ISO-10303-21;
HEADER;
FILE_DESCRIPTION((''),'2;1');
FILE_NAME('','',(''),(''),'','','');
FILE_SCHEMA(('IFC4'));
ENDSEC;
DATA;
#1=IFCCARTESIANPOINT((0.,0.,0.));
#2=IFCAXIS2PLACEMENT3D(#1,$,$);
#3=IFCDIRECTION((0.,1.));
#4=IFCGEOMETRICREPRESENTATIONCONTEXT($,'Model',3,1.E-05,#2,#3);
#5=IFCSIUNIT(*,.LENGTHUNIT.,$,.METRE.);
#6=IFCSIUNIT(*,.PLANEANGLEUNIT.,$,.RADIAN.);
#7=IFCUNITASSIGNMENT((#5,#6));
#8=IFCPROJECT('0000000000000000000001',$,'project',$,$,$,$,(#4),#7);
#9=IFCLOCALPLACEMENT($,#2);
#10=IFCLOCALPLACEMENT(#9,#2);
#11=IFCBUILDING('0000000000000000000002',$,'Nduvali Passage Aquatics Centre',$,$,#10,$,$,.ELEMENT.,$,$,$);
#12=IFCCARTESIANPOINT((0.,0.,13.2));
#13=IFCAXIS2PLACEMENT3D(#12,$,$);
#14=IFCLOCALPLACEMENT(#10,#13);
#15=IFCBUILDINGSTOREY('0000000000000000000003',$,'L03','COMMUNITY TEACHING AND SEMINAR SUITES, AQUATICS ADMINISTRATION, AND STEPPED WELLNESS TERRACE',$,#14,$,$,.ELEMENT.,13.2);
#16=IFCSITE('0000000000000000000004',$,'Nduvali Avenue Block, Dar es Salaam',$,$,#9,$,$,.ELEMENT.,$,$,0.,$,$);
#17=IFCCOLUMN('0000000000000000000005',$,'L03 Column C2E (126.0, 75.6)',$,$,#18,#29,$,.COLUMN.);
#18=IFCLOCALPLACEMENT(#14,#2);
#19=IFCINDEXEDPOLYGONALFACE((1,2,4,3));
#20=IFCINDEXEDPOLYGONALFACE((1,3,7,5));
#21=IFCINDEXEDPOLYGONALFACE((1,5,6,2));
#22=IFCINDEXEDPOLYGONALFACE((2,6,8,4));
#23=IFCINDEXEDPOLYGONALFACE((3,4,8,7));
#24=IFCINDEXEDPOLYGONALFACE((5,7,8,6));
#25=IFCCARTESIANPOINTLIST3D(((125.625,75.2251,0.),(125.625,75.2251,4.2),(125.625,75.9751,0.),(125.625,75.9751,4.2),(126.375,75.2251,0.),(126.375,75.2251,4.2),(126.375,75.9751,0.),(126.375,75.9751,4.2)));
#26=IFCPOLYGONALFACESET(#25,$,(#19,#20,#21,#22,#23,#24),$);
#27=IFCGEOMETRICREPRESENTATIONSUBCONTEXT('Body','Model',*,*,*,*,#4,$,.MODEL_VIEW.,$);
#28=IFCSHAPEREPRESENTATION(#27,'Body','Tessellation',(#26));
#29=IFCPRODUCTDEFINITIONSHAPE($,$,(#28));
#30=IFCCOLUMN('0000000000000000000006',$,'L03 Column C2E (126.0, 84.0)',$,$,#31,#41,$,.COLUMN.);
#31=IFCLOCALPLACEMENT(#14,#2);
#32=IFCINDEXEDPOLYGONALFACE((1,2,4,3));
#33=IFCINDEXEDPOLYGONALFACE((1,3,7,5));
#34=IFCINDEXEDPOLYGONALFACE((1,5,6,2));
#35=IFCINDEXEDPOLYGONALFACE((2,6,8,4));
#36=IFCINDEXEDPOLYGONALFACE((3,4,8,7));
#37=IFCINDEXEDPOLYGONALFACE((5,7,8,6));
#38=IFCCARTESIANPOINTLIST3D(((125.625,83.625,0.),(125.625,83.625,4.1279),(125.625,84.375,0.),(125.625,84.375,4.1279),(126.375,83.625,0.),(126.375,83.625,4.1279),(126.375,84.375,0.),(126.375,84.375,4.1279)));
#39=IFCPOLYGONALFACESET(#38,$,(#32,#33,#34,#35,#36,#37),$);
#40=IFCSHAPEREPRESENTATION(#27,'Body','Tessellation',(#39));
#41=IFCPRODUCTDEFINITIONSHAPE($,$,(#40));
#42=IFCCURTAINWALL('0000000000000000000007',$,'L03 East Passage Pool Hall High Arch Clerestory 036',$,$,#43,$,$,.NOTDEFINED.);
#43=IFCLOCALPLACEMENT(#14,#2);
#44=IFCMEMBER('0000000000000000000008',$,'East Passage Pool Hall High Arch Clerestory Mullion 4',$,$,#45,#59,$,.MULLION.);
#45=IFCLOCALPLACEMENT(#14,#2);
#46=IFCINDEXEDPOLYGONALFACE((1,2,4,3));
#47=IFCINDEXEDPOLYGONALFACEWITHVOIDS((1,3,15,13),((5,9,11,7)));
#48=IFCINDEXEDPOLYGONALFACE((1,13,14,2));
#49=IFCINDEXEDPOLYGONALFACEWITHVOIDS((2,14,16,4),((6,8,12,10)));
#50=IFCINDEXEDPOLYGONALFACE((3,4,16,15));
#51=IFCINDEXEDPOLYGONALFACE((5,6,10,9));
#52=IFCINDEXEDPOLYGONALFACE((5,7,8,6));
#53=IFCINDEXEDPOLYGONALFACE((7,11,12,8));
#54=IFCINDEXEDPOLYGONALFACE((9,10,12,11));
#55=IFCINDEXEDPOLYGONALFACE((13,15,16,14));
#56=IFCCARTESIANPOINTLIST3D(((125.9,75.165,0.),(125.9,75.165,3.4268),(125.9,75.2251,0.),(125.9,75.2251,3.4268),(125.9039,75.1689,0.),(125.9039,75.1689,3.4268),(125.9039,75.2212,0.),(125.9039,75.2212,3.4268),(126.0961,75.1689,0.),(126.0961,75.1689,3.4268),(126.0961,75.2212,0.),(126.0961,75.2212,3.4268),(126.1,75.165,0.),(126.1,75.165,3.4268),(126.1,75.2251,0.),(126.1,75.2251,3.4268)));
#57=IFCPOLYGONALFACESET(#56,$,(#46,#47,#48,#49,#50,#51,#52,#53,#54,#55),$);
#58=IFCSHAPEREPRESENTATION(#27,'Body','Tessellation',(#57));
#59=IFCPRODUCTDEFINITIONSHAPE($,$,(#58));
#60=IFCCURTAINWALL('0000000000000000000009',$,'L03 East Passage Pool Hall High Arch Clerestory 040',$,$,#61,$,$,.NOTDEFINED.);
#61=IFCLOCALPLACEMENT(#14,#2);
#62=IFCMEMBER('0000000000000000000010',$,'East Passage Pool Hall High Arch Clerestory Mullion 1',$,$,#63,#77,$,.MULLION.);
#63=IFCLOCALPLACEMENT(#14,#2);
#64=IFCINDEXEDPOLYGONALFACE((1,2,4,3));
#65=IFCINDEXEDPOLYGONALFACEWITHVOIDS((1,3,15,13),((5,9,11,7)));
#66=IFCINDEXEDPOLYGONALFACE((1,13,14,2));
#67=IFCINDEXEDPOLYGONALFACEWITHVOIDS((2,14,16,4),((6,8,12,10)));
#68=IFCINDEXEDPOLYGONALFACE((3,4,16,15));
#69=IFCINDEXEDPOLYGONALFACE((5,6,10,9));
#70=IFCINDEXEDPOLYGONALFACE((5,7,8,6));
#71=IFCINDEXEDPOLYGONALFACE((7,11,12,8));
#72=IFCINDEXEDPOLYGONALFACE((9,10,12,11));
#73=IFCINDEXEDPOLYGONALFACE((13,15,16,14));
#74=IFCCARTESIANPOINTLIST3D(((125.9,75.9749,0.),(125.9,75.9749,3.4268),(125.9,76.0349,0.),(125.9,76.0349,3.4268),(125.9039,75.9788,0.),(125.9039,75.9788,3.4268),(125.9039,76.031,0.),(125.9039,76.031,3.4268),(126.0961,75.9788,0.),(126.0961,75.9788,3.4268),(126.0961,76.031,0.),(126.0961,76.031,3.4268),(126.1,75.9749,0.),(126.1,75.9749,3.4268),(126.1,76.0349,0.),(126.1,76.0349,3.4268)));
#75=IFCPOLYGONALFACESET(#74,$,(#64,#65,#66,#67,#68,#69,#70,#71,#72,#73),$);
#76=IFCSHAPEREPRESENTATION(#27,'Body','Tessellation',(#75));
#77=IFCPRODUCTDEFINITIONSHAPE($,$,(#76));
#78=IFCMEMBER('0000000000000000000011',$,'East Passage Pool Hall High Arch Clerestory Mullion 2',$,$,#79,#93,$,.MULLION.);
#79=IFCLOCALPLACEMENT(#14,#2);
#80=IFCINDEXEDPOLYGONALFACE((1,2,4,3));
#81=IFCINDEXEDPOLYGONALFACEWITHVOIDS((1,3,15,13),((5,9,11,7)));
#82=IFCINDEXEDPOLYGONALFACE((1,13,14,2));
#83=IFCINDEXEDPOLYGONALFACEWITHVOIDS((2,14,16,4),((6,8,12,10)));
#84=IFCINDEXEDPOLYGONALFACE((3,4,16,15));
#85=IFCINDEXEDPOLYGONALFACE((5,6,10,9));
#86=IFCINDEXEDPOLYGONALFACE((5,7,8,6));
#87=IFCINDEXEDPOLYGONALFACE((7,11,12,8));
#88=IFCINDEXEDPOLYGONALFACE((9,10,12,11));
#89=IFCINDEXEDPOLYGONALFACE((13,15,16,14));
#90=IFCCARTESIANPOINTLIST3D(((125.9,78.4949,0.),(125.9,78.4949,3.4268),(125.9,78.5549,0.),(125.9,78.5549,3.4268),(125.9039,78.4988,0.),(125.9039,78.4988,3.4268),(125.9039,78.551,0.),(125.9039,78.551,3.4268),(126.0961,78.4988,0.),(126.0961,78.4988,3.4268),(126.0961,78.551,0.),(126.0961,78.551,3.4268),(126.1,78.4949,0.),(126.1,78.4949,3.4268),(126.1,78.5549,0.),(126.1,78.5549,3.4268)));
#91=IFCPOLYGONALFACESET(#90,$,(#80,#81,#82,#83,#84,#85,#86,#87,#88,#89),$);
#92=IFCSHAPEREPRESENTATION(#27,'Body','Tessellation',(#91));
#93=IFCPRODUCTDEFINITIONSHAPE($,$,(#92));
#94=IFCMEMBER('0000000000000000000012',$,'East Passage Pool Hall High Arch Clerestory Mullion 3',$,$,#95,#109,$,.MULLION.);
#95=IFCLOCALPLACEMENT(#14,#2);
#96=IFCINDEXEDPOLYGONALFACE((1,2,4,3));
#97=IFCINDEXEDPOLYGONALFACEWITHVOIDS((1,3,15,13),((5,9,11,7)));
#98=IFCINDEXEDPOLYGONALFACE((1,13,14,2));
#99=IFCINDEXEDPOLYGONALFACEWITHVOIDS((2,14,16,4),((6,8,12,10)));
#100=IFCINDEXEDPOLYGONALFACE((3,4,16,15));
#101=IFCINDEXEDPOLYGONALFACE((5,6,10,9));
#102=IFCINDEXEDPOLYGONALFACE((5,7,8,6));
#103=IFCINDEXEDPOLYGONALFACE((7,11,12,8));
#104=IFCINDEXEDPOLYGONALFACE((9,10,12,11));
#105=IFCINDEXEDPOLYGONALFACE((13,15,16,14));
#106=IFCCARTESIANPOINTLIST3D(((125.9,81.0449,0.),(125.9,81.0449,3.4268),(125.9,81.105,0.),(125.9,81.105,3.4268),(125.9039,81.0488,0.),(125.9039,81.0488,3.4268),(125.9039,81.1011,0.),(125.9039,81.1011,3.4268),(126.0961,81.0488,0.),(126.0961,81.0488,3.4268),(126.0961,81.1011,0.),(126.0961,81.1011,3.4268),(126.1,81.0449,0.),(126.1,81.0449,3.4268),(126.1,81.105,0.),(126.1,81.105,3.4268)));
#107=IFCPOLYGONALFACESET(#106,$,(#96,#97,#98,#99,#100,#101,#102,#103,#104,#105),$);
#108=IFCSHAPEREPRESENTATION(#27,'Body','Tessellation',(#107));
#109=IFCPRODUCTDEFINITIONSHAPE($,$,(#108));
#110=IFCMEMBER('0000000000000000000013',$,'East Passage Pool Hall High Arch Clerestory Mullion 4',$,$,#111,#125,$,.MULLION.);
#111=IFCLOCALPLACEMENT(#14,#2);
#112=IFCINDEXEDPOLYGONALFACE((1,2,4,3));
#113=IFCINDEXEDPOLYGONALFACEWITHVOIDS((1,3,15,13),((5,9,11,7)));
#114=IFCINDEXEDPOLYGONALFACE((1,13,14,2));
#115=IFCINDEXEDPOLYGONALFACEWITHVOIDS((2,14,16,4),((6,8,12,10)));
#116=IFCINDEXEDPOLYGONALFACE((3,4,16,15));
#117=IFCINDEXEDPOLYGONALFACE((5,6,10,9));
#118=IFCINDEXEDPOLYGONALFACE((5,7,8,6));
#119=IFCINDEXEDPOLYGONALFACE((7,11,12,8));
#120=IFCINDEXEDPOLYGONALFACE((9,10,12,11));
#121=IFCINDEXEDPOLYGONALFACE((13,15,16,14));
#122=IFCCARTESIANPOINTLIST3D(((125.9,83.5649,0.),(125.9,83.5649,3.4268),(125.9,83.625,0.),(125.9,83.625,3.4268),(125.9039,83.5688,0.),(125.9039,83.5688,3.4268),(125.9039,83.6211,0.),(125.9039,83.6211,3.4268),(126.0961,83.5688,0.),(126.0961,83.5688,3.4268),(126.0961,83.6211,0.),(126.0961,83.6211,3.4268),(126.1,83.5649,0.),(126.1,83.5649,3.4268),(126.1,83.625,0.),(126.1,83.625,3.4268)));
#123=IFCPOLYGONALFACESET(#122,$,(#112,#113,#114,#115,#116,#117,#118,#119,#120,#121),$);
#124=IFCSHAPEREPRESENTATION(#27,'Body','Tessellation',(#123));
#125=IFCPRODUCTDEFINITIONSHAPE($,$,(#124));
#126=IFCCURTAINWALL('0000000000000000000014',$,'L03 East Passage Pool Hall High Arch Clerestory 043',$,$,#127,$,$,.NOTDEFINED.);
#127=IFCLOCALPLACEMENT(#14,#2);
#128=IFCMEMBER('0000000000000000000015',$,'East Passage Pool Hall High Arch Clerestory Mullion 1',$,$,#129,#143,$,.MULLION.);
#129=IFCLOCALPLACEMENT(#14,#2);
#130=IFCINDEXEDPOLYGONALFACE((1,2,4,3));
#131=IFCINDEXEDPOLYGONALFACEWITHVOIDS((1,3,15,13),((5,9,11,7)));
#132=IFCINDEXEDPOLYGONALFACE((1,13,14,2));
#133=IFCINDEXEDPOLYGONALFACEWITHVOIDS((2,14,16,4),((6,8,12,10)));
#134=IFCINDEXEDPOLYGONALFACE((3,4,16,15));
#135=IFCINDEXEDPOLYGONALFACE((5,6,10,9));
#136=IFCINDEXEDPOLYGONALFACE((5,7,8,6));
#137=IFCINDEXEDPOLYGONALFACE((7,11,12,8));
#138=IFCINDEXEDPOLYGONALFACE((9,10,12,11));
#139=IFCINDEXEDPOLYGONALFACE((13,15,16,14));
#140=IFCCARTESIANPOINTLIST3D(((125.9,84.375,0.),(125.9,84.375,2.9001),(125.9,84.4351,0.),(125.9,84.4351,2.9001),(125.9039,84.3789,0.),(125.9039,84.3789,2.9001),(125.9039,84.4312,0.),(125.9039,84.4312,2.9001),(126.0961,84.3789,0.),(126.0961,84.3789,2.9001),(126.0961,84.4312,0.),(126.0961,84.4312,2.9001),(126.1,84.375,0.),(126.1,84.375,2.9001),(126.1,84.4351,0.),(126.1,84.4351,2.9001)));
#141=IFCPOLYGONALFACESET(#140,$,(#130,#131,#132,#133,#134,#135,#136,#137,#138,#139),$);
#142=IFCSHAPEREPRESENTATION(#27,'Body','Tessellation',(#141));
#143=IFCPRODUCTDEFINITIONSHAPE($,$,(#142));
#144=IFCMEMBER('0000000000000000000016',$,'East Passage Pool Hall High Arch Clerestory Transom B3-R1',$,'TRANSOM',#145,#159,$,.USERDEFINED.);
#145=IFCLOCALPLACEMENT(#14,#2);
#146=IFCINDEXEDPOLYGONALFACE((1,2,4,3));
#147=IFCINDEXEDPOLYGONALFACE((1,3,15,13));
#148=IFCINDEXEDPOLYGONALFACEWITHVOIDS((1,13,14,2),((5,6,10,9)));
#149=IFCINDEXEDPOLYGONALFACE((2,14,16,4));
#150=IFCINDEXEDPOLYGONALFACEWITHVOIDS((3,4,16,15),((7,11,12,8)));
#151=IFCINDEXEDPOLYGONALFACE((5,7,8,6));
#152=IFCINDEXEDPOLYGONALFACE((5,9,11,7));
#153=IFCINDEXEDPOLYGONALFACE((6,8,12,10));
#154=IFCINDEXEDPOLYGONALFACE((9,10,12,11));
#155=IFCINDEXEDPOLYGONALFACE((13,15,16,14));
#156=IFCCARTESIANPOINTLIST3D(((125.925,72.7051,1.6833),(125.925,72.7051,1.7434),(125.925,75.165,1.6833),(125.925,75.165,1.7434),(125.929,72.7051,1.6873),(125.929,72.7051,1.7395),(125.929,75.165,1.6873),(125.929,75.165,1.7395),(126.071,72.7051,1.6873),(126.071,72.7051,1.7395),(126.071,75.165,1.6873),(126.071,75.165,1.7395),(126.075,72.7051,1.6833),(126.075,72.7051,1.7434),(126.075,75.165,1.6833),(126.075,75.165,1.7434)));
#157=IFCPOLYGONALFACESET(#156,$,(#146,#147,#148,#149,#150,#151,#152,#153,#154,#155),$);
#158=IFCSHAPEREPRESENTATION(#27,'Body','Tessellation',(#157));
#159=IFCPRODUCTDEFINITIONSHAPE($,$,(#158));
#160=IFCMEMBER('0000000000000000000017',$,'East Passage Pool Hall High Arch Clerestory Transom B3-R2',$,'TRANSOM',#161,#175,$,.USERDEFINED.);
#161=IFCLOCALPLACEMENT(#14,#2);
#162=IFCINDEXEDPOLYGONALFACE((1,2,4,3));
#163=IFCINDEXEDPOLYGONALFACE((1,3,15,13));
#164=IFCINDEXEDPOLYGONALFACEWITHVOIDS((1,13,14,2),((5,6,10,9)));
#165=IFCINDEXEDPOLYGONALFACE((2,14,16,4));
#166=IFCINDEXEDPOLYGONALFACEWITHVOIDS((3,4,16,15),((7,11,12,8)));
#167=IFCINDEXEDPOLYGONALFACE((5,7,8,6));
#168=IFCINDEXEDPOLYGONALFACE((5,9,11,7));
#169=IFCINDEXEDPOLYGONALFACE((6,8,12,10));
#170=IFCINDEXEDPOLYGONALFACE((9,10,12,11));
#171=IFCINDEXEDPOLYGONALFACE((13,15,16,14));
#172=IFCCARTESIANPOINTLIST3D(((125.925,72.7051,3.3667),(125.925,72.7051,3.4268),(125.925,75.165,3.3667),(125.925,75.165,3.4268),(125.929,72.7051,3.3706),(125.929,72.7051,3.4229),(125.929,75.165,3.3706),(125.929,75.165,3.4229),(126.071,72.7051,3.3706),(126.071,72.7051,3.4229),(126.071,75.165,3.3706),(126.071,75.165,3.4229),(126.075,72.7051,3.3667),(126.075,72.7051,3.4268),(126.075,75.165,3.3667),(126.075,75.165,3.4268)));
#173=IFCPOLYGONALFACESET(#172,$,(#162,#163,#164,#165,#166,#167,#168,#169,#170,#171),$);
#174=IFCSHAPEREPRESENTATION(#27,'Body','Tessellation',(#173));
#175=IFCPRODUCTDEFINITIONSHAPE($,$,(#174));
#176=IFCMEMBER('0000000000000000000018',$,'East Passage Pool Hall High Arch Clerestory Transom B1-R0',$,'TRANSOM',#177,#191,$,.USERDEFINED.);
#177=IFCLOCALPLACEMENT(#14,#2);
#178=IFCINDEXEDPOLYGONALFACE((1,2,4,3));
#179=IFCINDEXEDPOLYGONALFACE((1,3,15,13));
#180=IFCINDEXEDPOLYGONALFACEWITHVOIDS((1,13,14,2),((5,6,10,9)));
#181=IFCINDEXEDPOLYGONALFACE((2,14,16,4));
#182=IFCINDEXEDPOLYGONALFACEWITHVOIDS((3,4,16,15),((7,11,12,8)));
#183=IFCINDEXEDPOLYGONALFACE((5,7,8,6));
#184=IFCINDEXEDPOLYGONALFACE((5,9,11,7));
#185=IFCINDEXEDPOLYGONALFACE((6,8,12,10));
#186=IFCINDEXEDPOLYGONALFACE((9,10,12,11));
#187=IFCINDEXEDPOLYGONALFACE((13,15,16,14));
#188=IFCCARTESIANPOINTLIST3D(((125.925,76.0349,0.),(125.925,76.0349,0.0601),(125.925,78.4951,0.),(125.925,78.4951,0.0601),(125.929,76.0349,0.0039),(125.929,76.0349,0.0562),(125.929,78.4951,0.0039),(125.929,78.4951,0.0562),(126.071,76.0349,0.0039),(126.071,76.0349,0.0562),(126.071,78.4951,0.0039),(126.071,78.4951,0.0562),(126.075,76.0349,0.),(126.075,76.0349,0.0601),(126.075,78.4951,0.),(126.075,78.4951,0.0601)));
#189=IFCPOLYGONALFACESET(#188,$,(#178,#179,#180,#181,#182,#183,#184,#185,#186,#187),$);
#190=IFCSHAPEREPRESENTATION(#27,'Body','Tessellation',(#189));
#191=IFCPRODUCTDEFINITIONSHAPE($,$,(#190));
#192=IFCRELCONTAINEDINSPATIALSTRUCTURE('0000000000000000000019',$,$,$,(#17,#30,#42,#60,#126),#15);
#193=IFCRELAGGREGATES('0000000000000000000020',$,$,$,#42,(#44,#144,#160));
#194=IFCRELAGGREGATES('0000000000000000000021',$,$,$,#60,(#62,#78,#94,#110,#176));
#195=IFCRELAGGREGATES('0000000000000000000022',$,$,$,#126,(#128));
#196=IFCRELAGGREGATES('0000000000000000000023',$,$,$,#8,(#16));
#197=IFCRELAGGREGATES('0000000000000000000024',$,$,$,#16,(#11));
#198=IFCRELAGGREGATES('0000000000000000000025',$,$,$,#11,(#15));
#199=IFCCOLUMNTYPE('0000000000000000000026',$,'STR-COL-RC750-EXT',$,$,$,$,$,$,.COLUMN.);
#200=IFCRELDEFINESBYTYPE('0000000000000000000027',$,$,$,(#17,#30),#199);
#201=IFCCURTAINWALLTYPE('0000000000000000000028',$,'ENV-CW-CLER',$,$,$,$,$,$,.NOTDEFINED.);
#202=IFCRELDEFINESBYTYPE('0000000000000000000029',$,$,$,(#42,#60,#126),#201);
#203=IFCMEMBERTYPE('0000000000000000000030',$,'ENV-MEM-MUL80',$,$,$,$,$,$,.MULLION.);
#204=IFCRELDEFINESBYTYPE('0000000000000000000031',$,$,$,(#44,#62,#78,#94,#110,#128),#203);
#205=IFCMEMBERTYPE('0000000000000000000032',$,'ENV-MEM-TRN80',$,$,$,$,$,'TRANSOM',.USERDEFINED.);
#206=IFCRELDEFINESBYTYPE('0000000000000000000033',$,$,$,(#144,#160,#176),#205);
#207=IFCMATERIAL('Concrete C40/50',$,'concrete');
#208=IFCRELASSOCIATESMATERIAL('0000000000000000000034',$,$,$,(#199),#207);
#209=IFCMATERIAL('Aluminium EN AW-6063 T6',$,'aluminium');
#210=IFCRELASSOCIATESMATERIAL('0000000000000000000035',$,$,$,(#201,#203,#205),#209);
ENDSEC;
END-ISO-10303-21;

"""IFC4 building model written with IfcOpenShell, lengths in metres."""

from ifc_helpers import new_model, si_unit, direction, frame, origin, origin_2d, place, context, subcontext, project, spatial, rectangle, hollow_rectangle, extrude, material, material_profile, profile_set, type_object, element, aggregate, save


model = new_model("IFC4")

# Units and contexts
model_context = context("Model", 3, precision=1e-05, world=origin(), true_north=direction((0.0, 1.0)))
body_context = subcontext(model_context, "Body", "Model", "MODEL_VIEW")
ifc_project = project(units=[si_unit("LENGTHUNIT", "METRE"), si_unit("PLANEANGLEUNIT", "RADIAN")], contexts=[model_context])

# Site, building, storey
site_placement = place(None, origin())
site = spatial("IfcSite", under=ifc_project, at=site_placement, Name="Nduvali Avenue Block, Dar es Salaam", CompositionType="ELEMENT", RefElevation=0.0)
building_placement = place(site_placement, origin())
building = spatial("IfcBuilding", under=site, at=building_placement, Name="Nduvali Passage Aquatics Centre", CompositionType="ELEMENT")
storey_placement = place(building_placement, frame((0.0, 0.0, 13.2)))
storey = spatial("IfcBuildingStorey", under=building, at=storey_placement, Name="L03", Description="COMMUNITY TEACHING AND SEMINAR SUITES, AQUATICS ADMINISTRATION, AND STEPPED WELLNESS TERRACE", CompositionType="ELEMENT", Elevation=13.2)

# Columns
ifc_material_1 = material(Name="Concrete C40/50", Category="concrete")
ifc_material_profile_1 = material_profile(ifc_material_1, rectangle(XDim=0.75, YDim=0.75, at=origin_2d()), Name="RC 750x750")
ifc_profile_set_1 = profile_set([ifc_material_profile_1], Name="Concrete C40/50")
column_type = type_object("IfcColumnType", Name="STR-COL-RC750-EXT", PredefinedType="COLUMN", material=ifc_profile_set_1)
column_1_placement = place(storey_placement, frame((126.0, 75.6001, 0.0), z_axis=(0.0, 0.0, 1.0), x_axis=(1.0, 0.0, 0.0)))
element("IfcColumn", 1, at=column_1_placement, inside=storey, type_object=column_type, Name="L03 Column C2E (126.0, 75.6)", PredefinedType="COLUMN", context=body_context, shape_type="SweptSolid", body=[
    extrude(rectangle(XDim=0.75, YDim=0.75, at=origin_2d()), origin(), (0.0, 0.0, 1.0), 4.2),
])
column_2_placement = place(storey_placement, frame((126.0, 84.0, 0.0), z_axis=(0.0, 0.0, 1.0), x_axis=(1.0, 0.0, 0.0)))
element("IfcColumn", 2, at=column_2_placement, inside=storey, type_object=column_type, Name="L03 Column C2E (126.0, 84.0)", PredefinedType="COLUMN", context=body_context, shape_type="SweptSolid", body=[
    extrude(rectangle(XDim=0.75, YDim=0.75, at=origin_2d()), origin(), (0.0, 0.0, 1.0), 4.1279),
])

# Curtain wall, member
ifc_material_2 = material(Name="Aluminium EN AW-6063 T6", Category="aluminium")
curtain_wall_type = type_object("IfcCurtainWallType", Name="ENV-CW-CLER", PredefinedType="NOTDEFINED", material=ifc_material_2)
curtain_wall_1_placement = place(storey_placement, origin())
curtain_wall_1 = element("IfcCurtainWall", 3, at=curtain_wall_1_placement, inside=storey, type_object=curtain_wall_type, Name="L03 East Passage Pool Hall High Arch Clerestory 036", PredefinedType="NOTDEFINED")
ifc_material_profile_2 = material_profile(ifc_material_2, hollow_rectangle(XDim=0.0601, YDim=0.2, WallThickness=0.0039, at=origin_2d()), Name="ALU MULLION 60x200x4")
ifc_profile_set_2 = profile_set([ifc_material_profile_2], Name="Aluminium EN AW-6063 T6")
member_type_1 = type_object("IfcMemberType", Name="ENV-MEM-MUL80", PredefinedType="MULLION", material=ifc_profile_set_2)
member_1_placement = place(storey_placement, frame((126.0, 75.1951, 0.0), z_axis=(0.0, 0.0, 1.0), x_axis=(0.0, 1.0, 0.0)))
member_1 = element("IfcMember", 4, at=member_1_placement, type_object=member_type_1, Name="East Passage Pool Hall High Arch Clerestory Mullion 4", PredefinedType="MULLION", context=body_context, shape_type="SweptSolid", body=[
    extrude(hollow_rectangle(XDim=0.0601, YDim=0.2, WallThickness=0.0039, at=origin_2d()), origin(), (0.0, 0.0, 1.0), 3.4268),
])

# Curtain wall, members
curtain_wall_2_placement = place(storey_placement, origin())
curtain_wall_2 = element("IfcCurtainWall", 5, at=curtain_wall_2_placement, inside=storey, type_object=curtain_wall_type, Name="L03 East Passage Pool Hall High Arch Clerestory 040", PredefinedType="NOTDEFINED")
member_2_placement = place(storey_placement, frame((126.0, 76.0049, 0.0), z_axis=(0.0, 0.0, 1.0), x_axis=(0.0, 1.0, 0.0)))
member_2 = element("IfcMember", 6, at=member_2_placement, type_object=member_type_1, Name="East Passage Pool Hall High Arch Clerestory Mullion 1", PredefinedType="MULLION", context=body_context, shape_type="SweptSolid", body=[
    extrude(hollow_rectangle(XDim=0.0601, YDim=0.2, WallThickness=0.0039, at=origin_2d()), origin(), (0.0, 0.0, 1.0), 3.4268),
])
member_3_placement = place(storey_placement, frame((126.0, 78.5249, 0.0), z_axis=(0.0, 0.0, 1.0), x_axis=(0.0, 1.0, 0.0)))
member_3 = element("IfcMember", 7, at=member_3_placement, type_object=member_type_1, Name="East Passage Pool Hall High Arch Clerestory Mullion 2", PredefinedType="MULLION", context=body_context, shape_type="SweptSolid", body=[
    extrude(hollow_rectangle(XDim=0.0601, YDim=0.2, WallThickness=0.0039, at=origin_2d()), origin(), (0.0, 0.0, 1.0), 3.4268),
])
member_4_placement = place(storey_placement, frame((126.0, 81.075, 0.0), z_axis=(0.0, 0.0, 1.0), x_axis=(0.0, 1.0, 0.0)))
member_4 = element("IfcMember", 8, at=member_4_placement, type_object=member_type_1, Name="East Passage Pool Hall High Arch Clerestory Mullion 3", PredefinedType="MULLION", context=body_context, shape_type="SweptSolid", body=[
    extrude(hollow_rectangle(XDim=0.0601, YDim=0.2, WallThickness=0.0039, at=origin_2d()), origin(), (0.0, 0.0, 1.0), 3.4268),
])
member_5_placement = place(storey_placement, frame((126.0, 83.595, 0.0), z_axis=(0.0, 0.0, 1.0), x_axis=(0.0, 1.0, 0.0)))
member_5 = element("IfcMember", 9, at=member_5_placement, type_object=member_type_1, Name="East Passage Pool Hall High Arch Clerestory Mullion 4", PredefinedType="MULLION", context=body_context, shape_type="SweptSolid", body=[
    extrude(hollow_rectangle(XDim=0.0601, YDim=0.2, WallThickness=0.0039, at=origin_2d()), origin(), (0.0, 0.0, 1.0), 3.4268),
])

# Curtain wall, member
curtain_wall_3_placement = place(storey_placement, origin())
curtain_wall_3 = element("IfcCurtainWall", 10, at=curtain_wall_3_placement, inside=storey, type_object=curtain_wall_type, Name="L03 East Passage Pool Hall High Arch Clerestory 043", PredefinedType="NOTDEFINED")
member_6_placement = place(storey_placement, frame((126.0, 84.405, 0.0), z_axis=(0.0, 0.0, 1.0), x_axis=(0.0, 1.0, 0.0)))
member_6 = element("IfcMember", 11, at=member_6_placement, type_object=member_type_1, Name="East Passage Pool Hall High Arch Clerestory Mullion 1", PredefinedType="MULLION", context=body_context, shape_type="SweptSolid", body=[
    extrude(hollow_rectangle(XDim=0.0601, YDim=0.2, WallThickness=0.0039, at=origin_2d()), origin(), (0.0, 0.0, 1.0), 2.9001),
])

# Members
ifc_material_profile_3 = material_profile(ifc_material_2, hollow_rectangle(XDim=0.1499, YDim=0.0601, WallThickness=0.0039, at=origin_2d()), Name="ALU TRANSOM 150x60x4")
ifc_profile_set_3 = profile_set([ifc_material_profile_3], Name="Aluminium EN AW-6063 T6")
member_type_2 = type_object("IfcMemberType", Name="ENV-MEM-TRN80", ElementType="TRANSOM", PredefinedType="USERDEFINED", material=ifc_profile_set_3)
member_7_placement = place(storey_placement, frame((126.0, 72.7051, 1.7134), z_axis=(0.0, 1.0, 0.0), x_axis=(-1.0, 0.0, 0.0)))
member_7 = element("IfcMember", 12, at=member_7_placement, type_object=member_type_2, Name="East Passage Pool Hall High Arch Clerestory Transom B3-R1", ObjectType="TRANSOM", PredefinedType="USERDEFINED", context=body_context, shape_type="SweptSolid", body=[
    extrude(hollow_rectangle(XDim=0.1499, YDim=0.0601, WallThickness=0.0039, at=origin_2d()), origin(), (0.0, 0.0, 1.0), 2.46),
])
member_8_placement = place(storey_placement, frame((126.0, 72.7051, 3.3967), z_axis=(0.0, 1.0, 0.0), x_axis=(-1.0, 0.0, 0.0)))
member_8 = element("IfcMember", 13, at=member_8_placement, type_object=member_type_2, Name="East Passage Pool Hall High Arch Clerestory Transom B3-R2", ObjectType="TRANSOM", PredefinedType="USERDEFINED", context=body_context, shape_type="SweptSolid", body=[
    extrude(hollow_rectangle(XDim=0.1499, YDim=0.0601, WallThickness=0.0039, at=origin_2d()), origin(), (0.0, 0.0, 1.0), 2.46),
])
member_9_placement = place(storey_placement, frame((126.0, 76.0349, 0.03), z_axis=(0.0, 1.0, 0.0), x_axis=(-1.0, 0.0, 0.0)))
member_9 = element("IfcMember", 14, at=member_9_placement, type_object=member_type_2, Name="East Passage Pool Hall High Arch Clerestory Transom B1-R0", ObjectType="TRANSOM", PredefinedType="USERDEFINED", context=body_context, shape_type="SweptSolid", body=[
    extrude(hollow_rectangle(XDim=0.1499, YDim=0.0601, WallThickness=0.0039, at=origin_2d()), origin(), (0.0, 0.0, 1.0), 2.4602),
])

aggregate(curtain_wall_1, [member_1, member_7, member_8])
aggregate(curtain_wall_2, [member_2, member_3, member_4, member_5, member_9])
aggregate(curtain_wall_3, [member_6])

save(model, "model.ifc")
